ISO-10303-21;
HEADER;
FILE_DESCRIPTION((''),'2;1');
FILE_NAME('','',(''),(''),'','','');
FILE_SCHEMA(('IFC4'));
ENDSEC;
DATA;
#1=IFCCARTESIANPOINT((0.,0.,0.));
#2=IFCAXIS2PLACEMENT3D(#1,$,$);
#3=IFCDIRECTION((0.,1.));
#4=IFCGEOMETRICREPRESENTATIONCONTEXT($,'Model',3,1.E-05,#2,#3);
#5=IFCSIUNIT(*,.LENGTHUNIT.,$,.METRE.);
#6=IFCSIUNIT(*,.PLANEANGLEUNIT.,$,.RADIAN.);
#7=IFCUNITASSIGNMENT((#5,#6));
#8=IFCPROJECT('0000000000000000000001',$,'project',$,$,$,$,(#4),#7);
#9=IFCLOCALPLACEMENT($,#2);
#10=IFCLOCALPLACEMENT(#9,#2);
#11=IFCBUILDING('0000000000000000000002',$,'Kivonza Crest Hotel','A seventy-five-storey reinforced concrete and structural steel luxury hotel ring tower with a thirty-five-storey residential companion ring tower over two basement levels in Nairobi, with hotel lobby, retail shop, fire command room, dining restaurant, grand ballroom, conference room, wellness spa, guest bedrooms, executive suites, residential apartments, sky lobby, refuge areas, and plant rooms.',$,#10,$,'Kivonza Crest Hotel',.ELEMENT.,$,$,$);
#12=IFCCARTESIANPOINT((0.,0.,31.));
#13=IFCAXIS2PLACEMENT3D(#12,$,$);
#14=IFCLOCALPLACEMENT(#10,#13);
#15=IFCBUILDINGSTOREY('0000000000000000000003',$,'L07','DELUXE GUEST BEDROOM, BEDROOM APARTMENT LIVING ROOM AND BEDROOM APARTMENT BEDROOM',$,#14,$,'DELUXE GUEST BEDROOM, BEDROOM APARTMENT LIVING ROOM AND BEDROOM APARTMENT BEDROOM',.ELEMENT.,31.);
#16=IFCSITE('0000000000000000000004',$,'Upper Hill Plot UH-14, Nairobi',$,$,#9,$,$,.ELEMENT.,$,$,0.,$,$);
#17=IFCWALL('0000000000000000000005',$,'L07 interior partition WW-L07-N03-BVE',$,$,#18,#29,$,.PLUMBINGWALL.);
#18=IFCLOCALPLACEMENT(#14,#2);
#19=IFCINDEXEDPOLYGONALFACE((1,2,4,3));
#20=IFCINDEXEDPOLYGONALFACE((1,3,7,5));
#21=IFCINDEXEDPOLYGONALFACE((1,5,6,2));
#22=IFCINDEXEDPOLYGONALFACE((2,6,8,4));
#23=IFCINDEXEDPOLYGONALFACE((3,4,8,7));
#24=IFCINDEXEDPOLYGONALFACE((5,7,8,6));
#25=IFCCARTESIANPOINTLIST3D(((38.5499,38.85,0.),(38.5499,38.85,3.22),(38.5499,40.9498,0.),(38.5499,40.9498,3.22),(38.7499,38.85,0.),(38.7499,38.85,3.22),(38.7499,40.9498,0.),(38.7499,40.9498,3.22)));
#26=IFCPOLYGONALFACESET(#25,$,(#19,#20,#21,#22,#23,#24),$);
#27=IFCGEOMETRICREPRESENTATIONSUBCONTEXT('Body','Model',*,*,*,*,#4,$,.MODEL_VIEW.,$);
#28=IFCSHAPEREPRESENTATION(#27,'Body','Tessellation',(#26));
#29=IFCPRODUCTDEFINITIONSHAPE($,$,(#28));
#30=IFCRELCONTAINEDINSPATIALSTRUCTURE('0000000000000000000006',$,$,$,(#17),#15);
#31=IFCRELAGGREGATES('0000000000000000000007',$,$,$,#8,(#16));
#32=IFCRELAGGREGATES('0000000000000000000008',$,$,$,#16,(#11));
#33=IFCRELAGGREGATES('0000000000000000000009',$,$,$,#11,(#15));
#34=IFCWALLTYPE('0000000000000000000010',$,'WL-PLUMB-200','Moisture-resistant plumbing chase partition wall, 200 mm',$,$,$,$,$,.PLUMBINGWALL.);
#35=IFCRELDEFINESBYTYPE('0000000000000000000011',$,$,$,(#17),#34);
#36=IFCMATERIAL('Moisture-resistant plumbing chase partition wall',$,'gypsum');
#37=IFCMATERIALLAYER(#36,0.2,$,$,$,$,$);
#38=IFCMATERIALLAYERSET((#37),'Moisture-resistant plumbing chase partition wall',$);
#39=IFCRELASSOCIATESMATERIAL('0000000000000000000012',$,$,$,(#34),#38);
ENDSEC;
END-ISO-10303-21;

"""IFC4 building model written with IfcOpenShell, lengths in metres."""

from ifc_helpers import new_model, si_unit, direction, frame, frame_2d, origin, place, context, subcontext, project, spatial, rectangle, extrude, material, layer, layer_set, type_object, element, save


model = new_model("IFC4")

# Units and contexts
model_context = context("Model", 3, precision=1e-05, world=origin(), true_north=direction((0.0, 1.0)))
body_context = subcontext(model_context, "Body", "Model", "MODEL_VIEW")
ifc_project = project(units=[si_unit("LENGTHUNIT", "METRE"), si_unit("PLANEANGLEUNIT", "RADIAN")], contexts=[model_context])

# Site, building, storey
site_placement = place(None, origin())
site = spatial("IfcSite", under=ifc_project, at=site_placement, Name="Upper Hill Plot UH-14, Nairobi", CompositionType="ELEMENT", RefElevation=0.0)
building_placement = place(site_placement, origin())
building = spatial("IfcBuilding", under=site, at=building_placement, Name="Kivonza Crest Hotel", Description="A seventy-five-storey reinforced concrete and structural steel luxury hotel ring tower with a thirty-five-storey residential companion ring tower over two basement levels in Nairobi, with hotel lobby, retail shop, fire command room, dining restaurant, grand ballroom, conference room, wellness spa, guest bedrooms, executive suites, residential apartments, sky lobby, refuge areas, and plant rooms.", LongName="Kivonza Crest Hotel", CompositionType="ELEMENT")
storey_placement = place(building_placement, frame((0.0, 0.0, 31.0)))
storey = spatial("IfcBuildingStorey", under=building, at=storey_placement, Name="L07", Description="DELUXE GUEST BEDROOM, BEDROOM APARTMENT LIVING ROOM AND BEDROOM APARTMENT BEDROOM", LongName="DELUXE GUEST BEDROOM, BEDROOM APARTMENT LIVING ROOM AND BEDROOM APARTMENT BEDROOM", CompositionType="ELEMENT", Elevation=31.0)

# Shared definitions
ifc_material_1 = material(Name="Moisture-resistant plumbing chase partition wall", Category="gypsum")
ifc_layer_1 = layer(ifc_material_1, 0.2)
ifc_layer_set_1 = layer_set([ifc_layer_1], Name="Moisture-resistant plumbing chase partition wall")
wall_type_1 = type_object("IfcWallType", Name="WL-PLUMB-200", Description="Moisture-resistant plumbing chase partition wall, 200 mm", PredefinedType="PLUMBINGWALL", material=ifc_layer_set_1)

# Wall
wall_1_placement = place(storey_placement, frame((38.6499, 38.8501, 0.0), z_axis=(0.0, 0.0, 1.0), x_axis=(0.0, 1.0, 0.0)))
element("IfcWall", 1, at=wall_1_placement, inside=storey, type_object=wall_type_1, Name="L07 interior partition WW-L07-N03-BVE", PredefinedType="PLUMBINGWALL", context=body_context, shape_type="SweptSolid", body=[
    extrude(rectangle(XDim=2.0999, YDim=0.2, at=frame_2d((1.0498, 0.0))), origin(), (0.0, 0.0, 1.0), 3.22),
])

save(model, "model.ifc")
